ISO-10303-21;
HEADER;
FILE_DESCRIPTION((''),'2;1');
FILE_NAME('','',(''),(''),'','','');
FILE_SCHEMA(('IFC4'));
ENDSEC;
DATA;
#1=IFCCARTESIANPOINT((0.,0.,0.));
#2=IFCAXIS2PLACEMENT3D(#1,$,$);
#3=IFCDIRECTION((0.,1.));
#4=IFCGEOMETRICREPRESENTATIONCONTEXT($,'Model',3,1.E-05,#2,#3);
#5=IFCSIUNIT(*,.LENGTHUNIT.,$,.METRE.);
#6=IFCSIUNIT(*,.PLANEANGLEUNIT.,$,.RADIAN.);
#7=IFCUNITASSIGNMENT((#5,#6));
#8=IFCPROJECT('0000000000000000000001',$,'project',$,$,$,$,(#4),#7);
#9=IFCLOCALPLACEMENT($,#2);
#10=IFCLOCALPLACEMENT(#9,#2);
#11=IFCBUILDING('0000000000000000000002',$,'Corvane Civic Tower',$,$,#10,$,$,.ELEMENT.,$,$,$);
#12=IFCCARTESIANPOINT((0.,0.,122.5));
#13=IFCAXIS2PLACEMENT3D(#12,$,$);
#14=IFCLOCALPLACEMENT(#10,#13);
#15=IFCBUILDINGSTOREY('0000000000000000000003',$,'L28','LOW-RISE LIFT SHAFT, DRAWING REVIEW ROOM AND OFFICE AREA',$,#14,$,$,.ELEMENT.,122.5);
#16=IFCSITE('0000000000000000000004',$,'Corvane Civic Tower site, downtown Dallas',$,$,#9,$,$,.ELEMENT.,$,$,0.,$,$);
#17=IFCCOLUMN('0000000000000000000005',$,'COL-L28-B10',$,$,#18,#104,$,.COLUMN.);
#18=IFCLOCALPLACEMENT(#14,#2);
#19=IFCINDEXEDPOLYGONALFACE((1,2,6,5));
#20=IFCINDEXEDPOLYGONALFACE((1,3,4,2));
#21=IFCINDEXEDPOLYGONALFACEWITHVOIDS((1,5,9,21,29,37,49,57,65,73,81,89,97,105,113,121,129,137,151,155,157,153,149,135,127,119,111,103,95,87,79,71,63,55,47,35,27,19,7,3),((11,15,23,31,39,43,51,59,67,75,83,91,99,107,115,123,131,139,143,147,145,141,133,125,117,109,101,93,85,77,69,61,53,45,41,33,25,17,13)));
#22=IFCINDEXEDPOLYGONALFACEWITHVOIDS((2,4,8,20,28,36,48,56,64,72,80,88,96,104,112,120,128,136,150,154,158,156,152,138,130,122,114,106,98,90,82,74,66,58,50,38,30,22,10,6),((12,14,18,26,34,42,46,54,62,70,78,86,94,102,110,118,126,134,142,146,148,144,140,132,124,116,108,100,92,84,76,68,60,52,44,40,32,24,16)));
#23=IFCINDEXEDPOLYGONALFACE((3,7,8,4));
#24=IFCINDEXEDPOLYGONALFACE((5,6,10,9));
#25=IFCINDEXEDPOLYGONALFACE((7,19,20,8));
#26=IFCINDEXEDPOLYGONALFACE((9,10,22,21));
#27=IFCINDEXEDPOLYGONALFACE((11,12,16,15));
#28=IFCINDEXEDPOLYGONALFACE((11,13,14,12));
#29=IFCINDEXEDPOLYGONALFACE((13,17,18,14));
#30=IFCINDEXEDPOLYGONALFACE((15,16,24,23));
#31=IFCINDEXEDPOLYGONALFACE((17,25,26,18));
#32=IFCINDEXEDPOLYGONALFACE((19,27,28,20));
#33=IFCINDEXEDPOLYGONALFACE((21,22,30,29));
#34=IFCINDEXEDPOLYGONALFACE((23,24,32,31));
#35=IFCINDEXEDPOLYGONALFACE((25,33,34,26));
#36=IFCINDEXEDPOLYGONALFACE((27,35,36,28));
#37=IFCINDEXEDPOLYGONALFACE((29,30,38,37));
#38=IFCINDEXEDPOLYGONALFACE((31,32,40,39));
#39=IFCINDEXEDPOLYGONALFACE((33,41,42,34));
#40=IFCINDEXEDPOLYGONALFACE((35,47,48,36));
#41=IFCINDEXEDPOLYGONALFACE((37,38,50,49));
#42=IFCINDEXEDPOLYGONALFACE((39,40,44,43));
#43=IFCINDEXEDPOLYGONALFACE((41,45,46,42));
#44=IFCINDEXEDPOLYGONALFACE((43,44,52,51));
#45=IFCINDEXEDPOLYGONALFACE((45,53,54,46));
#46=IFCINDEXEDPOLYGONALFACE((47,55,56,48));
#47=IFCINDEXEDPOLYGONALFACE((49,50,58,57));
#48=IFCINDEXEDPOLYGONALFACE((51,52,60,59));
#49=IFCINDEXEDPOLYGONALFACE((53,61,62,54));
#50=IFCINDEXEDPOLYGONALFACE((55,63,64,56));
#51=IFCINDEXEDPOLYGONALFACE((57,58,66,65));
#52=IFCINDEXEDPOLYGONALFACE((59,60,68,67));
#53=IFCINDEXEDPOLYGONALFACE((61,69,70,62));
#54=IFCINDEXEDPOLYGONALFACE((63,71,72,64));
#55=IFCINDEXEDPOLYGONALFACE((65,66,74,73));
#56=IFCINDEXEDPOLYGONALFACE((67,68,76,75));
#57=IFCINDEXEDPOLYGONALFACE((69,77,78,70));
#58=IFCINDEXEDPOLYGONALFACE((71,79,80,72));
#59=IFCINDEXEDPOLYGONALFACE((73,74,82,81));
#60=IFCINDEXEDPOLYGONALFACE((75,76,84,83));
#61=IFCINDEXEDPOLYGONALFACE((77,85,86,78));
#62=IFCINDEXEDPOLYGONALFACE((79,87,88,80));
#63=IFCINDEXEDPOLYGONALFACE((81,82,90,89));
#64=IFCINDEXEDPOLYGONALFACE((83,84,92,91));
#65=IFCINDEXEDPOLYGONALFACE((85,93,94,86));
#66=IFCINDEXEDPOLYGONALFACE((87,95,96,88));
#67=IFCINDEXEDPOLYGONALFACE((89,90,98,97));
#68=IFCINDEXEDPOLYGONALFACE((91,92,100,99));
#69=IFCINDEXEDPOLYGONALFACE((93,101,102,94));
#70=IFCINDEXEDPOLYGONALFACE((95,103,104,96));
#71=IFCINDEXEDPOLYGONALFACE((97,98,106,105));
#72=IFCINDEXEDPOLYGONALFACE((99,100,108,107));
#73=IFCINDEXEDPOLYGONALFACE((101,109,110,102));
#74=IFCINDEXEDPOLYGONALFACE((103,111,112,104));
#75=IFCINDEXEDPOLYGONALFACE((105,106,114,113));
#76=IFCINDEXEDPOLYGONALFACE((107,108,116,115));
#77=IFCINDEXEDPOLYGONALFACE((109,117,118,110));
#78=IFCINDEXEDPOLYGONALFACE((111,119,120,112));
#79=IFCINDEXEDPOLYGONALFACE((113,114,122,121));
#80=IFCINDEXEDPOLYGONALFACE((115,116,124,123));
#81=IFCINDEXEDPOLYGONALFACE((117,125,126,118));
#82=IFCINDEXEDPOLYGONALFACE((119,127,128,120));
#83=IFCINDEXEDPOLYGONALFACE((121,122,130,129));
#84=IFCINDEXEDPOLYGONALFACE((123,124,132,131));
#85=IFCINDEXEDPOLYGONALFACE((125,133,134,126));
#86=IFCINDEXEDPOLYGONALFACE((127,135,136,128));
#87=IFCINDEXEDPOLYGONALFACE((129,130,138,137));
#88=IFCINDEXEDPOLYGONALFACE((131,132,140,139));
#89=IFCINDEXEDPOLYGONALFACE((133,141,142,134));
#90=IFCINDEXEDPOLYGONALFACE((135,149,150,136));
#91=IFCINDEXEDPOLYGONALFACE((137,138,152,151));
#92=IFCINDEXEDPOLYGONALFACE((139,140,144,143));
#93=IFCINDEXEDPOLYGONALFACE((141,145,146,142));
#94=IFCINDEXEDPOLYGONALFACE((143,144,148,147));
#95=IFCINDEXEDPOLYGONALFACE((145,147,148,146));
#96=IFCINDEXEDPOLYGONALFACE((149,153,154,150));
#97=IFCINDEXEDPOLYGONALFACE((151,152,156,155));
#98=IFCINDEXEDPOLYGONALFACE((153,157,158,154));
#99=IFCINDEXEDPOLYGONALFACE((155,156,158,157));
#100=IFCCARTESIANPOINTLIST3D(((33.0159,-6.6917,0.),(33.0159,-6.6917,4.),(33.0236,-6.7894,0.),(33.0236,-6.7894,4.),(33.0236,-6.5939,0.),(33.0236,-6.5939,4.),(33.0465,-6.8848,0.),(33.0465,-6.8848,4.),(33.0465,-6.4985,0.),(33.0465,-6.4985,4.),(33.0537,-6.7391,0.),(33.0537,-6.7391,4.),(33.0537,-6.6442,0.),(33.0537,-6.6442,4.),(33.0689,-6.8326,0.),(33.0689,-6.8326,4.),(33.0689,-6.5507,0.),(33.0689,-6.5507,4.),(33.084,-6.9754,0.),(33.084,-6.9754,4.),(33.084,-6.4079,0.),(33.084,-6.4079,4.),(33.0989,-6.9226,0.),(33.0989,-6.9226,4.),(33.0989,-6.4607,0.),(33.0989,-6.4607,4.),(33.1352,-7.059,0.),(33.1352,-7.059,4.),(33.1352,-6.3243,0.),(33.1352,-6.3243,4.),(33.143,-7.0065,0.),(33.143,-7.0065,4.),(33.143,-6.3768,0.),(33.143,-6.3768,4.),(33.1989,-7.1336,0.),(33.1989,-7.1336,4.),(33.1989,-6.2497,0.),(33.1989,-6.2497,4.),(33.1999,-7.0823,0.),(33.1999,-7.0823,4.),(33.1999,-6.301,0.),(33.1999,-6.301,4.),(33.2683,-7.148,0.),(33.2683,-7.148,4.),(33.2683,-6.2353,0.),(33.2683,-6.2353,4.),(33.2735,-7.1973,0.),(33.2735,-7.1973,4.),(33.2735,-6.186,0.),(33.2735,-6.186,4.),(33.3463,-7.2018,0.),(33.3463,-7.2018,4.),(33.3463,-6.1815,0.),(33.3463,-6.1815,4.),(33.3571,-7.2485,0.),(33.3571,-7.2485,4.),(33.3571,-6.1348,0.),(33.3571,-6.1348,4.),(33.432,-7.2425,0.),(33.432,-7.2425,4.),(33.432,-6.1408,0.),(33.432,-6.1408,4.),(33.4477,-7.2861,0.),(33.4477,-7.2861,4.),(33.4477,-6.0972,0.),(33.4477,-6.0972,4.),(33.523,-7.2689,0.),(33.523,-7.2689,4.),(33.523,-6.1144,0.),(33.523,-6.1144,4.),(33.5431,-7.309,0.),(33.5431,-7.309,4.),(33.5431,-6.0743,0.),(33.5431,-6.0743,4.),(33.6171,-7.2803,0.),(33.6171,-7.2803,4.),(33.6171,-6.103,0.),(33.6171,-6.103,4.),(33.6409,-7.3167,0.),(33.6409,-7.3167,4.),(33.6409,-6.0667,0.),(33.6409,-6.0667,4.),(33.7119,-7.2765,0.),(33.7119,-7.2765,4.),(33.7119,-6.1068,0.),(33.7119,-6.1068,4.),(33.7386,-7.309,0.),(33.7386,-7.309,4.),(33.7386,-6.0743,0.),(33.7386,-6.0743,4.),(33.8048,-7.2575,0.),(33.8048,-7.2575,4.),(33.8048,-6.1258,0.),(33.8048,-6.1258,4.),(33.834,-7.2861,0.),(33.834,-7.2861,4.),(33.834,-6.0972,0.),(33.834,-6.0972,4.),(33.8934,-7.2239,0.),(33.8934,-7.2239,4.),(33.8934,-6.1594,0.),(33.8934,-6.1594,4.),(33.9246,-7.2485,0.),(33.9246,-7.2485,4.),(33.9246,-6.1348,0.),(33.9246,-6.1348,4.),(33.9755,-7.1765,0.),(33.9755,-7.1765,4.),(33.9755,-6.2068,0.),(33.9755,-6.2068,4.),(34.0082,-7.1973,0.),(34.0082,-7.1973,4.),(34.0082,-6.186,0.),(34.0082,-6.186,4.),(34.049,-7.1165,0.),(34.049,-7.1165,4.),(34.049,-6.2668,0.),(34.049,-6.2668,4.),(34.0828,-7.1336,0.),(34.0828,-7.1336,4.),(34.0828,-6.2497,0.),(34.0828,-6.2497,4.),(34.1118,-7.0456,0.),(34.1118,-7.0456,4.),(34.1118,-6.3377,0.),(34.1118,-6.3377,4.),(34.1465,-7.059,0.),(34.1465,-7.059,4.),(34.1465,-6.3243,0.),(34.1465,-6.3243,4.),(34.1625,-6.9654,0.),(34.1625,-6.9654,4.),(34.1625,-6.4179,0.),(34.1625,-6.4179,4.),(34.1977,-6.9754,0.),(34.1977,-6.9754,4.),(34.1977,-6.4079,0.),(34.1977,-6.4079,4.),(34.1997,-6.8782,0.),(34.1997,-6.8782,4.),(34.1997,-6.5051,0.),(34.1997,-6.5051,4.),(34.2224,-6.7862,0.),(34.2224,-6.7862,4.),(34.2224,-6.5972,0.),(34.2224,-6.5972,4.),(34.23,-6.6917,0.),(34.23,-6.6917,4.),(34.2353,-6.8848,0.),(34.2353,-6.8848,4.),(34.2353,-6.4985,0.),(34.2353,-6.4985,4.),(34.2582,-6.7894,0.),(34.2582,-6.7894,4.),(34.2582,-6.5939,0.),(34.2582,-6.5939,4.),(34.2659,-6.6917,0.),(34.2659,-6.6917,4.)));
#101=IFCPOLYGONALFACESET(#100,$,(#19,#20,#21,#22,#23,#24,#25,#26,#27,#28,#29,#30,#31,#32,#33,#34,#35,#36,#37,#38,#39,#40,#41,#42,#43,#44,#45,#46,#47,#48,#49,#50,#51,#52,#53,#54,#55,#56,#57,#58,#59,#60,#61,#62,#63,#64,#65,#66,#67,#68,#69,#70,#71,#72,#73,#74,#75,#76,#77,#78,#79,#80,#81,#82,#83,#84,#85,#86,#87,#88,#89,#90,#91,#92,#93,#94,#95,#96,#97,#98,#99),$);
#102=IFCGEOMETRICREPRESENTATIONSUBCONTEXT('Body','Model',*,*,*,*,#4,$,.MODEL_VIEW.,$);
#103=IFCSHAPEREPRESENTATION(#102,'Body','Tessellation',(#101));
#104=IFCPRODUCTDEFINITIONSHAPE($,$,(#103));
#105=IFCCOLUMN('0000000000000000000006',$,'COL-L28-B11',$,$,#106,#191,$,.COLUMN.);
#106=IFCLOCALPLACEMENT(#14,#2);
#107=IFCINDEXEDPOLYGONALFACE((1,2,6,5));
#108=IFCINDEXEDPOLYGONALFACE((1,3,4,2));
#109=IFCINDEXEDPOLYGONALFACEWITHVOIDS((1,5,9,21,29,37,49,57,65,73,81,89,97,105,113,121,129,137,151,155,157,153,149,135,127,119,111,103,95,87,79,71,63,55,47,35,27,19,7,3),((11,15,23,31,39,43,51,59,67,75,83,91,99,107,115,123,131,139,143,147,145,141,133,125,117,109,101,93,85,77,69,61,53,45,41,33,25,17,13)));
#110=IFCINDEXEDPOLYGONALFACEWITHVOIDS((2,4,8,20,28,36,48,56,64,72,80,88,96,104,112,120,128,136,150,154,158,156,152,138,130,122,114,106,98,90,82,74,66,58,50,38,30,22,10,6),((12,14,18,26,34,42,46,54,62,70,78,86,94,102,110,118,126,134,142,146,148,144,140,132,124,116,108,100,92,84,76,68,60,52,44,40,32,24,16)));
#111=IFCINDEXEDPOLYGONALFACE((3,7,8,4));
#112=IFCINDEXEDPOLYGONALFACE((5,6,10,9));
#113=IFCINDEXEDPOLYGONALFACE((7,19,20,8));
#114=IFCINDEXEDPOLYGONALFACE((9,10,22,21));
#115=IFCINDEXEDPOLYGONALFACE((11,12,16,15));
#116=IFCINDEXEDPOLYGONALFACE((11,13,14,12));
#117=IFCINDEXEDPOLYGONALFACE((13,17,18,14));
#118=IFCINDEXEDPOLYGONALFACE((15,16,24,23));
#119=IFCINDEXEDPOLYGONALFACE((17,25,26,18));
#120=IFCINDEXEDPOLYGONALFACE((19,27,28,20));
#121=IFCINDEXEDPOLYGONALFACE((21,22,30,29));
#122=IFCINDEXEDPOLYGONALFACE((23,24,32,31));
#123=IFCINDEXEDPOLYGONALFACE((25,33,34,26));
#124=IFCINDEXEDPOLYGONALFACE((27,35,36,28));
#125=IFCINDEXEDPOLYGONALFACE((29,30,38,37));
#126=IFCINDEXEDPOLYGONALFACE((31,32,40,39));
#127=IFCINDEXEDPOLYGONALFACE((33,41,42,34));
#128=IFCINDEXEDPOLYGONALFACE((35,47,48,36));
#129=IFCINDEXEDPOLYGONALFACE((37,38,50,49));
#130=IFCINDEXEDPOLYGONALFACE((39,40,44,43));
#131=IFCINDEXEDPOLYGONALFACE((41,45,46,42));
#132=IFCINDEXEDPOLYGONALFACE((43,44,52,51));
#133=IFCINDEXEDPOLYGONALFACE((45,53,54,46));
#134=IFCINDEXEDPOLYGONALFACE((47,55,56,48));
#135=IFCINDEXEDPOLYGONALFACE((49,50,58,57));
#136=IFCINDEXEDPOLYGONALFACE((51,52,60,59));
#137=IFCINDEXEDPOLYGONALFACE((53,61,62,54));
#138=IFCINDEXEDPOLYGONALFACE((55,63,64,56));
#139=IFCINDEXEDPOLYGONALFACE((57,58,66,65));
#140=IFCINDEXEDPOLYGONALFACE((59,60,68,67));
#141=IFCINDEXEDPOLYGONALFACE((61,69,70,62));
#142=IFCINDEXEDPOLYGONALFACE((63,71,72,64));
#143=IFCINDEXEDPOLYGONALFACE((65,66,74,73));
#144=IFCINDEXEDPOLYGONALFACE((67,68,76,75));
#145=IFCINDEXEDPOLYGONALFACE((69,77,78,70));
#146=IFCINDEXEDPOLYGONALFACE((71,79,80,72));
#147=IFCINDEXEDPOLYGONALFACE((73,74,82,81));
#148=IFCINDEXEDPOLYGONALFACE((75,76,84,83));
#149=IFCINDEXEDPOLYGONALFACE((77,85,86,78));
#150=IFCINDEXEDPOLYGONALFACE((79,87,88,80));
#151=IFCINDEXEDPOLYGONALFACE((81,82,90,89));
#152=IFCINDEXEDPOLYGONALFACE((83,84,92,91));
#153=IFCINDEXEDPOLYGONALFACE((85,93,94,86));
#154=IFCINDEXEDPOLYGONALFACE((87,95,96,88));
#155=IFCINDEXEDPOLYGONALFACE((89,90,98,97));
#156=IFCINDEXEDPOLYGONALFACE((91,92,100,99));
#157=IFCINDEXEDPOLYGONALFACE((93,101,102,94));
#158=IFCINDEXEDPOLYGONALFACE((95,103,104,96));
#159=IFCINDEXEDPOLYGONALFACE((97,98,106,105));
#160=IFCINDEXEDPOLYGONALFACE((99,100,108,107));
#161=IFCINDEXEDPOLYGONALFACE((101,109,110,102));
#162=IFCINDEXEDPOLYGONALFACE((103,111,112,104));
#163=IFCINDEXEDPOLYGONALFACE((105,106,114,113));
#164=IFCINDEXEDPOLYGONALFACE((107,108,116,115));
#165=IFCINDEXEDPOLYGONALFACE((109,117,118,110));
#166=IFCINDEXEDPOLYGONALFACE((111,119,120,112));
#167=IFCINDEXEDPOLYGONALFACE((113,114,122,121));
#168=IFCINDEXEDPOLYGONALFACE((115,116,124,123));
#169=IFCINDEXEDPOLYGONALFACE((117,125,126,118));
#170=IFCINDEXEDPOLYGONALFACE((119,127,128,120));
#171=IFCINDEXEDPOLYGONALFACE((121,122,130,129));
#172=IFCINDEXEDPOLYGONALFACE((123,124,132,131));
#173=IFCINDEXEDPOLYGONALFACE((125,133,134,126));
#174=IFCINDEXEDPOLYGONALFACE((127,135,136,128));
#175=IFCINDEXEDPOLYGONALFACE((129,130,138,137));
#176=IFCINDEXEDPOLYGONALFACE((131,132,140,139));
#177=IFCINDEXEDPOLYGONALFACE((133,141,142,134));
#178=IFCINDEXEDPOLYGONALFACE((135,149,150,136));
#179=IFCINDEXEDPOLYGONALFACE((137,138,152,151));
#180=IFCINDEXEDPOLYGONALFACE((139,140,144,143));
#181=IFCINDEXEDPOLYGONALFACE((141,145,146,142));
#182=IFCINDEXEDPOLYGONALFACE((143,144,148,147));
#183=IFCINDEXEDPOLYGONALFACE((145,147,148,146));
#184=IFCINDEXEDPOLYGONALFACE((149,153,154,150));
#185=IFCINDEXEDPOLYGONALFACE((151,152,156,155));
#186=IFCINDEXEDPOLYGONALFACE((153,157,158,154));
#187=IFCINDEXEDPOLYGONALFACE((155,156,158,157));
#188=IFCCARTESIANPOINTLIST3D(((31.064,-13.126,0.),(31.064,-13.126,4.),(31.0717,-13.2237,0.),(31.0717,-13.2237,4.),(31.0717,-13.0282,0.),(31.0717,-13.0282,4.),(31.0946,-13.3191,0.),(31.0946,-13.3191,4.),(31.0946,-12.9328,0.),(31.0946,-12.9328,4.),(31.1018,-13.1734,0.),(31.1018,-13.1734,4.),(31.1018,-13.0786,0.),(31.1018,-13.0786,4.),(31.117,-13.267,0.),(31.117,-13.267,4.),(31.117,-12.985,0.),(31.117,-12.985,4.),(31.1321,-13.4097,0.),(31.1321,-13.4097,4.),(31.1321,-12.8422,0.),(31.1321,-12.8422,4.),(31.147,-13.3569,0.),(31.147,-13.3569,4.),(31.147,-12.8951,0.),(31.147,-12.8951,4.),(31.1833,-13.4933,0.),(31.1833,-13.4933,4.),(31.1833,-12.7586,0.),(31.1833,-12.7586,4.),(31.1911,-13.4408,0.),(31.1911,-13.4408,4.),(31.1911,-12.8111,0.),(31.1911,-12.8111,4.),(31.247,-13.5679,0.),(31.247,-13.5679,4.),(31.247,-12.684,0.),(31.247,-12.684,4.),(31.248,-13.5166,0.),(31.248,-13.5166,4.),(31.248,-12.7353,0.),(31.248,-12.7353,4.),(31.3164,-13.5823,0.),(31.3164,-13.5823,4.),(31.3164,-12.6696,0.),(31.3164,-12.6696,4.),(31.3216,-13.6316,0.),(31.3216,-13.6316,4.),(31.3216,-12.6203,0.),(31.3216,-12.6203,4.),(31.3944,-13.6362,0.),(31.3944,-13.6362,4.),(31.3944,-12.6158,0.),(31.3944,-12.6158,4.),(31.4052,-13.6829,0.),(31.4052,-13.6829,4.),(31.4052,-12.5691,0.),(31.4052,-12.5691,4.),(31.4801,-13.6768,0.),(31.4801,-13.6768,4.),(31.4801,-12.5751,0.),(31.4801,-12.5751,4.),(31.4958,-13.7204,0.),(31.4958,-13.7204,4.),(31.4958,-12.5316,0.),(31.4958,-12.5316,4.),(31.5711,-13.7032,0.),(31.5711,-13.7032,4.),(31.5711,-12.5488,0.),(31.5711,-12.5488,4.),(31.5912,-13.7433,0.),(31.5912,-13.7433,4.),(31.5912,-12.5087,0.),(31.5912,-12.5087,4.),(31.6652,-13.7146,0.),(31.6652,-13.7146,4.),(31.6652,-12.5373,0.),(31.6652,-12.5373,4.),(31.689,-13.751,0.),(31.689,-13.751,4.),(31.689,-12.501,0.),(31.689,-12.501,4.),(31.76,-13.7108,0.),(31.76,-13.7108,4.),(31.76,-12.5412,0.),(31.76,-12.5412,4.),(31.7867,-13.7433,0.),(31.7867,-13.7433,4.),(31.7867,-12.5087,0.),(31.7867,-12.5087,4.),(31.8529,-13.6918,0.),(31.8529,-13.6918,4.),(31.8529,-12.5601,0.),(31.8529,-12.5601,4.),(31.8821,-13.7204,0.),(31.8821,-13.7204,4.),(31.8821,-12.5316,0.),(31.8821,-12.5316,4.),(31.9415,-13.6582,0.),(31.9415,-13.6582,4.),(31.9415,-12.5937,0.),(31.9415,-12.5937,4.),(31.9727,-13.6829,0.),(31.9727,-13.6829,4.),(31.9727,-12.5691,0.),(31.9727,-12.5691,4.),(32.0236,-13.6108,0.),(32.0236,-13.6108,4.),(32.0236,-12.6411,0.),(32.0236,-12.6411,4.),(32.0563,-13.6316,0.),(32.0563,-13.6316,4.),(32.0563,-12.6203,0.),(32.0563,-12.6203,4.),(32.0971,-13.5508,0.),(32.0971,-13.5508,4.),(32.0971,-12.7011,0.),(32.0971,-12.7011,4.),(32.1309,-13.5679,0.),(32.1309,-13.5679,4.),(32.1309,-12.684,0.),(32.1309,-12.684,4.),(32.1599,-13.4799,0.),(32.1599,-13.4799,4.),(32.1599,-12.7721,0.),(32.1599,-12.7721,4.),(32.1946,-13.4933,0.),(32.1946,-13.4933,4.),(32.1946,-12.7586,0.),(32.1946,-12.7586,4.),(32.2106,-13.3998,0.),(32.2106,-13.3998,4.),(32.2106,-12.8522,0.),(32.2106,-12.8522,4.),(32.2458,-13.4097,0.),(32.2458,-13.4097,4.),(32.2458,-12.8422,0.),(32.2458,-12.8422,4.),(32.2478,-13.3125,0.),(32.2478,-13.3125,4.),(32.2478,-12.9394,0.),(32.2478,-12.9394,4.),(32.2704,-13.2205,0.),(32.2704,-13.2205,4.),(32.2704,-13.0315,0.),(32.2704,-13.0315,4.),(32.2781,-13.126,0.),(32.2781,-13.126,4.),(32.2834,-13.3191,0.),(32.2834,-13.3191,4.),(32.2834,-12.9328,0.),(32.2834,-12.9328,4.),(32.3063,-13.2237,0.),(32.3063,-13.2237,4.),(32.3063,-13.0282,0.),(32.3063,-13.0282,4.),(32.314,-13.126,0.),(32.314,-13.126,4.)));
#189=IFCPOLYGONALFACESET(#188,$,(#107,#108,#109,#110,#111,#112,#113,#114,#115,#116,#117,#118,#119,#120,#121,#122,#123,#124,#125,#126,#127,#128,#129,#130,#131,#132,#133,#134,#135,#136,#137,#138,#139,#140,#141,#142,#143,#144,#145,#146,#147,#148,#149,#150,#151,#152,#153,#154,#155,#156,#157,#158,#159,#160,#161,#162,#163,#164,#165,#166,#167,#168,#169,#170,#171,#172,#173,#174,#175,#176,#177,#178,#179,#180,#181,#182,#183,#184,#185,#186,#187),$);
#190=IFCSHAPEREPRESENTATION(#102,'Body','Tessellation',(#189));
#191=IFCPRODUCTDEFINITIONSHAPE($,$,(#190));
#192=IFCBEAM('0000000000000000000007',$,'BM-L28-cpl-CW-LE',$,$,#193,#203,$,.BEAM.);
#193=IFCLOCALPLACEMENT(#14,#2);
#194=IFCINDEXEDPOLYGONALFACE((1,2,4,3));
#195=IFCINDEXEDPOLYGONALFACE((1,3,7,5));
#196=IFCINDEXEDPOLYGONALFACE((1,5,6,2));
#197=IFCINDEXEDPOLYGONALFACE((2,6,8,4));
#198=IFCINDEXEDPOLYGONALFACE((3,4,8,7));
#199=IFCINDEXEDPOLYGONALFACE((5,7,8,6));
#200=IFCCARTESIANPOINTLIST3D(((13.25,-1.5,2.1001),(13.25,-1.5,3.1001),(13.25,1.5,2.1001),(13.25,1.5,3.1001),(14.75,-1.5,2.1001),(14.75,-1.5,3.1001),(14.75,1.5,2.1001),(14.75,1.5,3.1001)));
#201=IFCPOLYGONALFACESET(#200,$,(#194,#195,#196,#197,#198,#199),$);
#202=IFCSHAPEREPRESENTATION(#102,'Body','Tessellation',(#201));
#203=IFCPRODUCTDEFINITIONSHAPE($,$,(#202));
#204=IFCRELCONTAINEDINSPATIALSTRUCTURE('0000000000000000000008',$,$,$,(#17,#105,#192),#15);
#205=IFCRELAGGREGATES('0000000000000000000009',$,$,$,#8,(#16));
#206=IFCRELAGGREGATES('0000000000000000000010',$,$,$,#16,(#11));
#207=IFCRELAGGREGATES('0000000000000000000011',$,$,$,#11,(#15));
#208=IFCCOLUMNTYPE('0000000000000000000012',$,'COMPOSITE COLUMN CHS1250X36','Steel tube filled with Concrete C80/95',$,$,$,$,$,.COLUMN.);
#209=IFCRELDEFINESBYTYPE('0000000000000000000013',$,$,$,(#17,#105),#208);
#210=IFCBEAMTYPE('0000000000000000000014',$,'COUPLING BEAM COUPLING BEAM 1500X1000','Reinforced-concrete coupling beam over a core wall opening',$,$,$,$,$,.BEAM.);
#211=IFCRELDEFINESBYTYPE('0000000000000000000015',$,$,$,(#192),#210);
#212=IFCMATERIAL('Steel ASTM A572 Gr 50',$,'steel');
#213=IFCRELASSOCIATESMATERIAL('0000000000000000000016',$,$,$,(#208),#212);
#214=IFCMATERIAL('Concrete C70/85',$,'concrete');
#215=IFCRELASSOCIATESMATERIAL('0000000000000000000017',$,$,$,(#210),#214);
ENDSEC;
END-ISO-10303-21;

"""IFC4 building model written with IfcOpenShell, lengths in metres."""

from ifc_helpers import new_model, si_unit, direction, frame, origin, origin_2d, place, context, subcontext, project, spatial, rectangle, hollow_circle, extrude, material, material_profile, profile_set, type_object, element, save


model = new_model("IFC4")

# Units and contexts
model_context = context("Model", 3, precision=1e-05, world=origin(), true_north=direction((0.0, 1.0)))
body_context = subcontext(model_context, "Body", "Model", "MODEL_VIEW")
ifc_project = project(units=[si_unit("LENGTHUNIT", "METRE"), si_unit("PLANEANGLEUNIT", "RADIAN")], contexts=[model_context])

# Site, building, storey
site_placement = place(None, origin())
site = spatial("IfcSite", under=ifc_project, at=site_placement, Name="Corvane Civic Tower site, downtown Dallas", CompositionType="ELEMENT", RefElevation=0.0)
building_placement = place(site_placement, origin())
building = spatial("IfcBuilding", under=site, at=building_placement, Name="Corvane Civic Tower", CompositionType="ELEMENT")
storey_placement = place(building_placement, frame((0.0, 0.0, 122.5)))
storey = spatial("IfcBuildingStorey", under=building, at=storey_placement, Name="L28", Description="LOW-RISE LIFT SHAFT, DRAWING REVIEW ROOM AND OFFICE AREA", CompositionType="ELEMENT", Elevation=122.5)

# Columns
ifc_material_1 = material(Name="Steel ASTM A572 Gr 50", Category="steel")
ifc_material_profile_1 = material_profile(ifc_material_1, hollow_circle(Radius=0.625, WallThickness=0.0359, at=origin_2d()), Name="CHS1250X36")
ifc_profile_set_1 = profile_set([ifc_material_profile_1], Name="Steel ASTM A572 Gr 50")
column_type = type_object("IfcColumnType", Name="COMPOSITE COLUMN CHS1250X36", Description="Steel tube filled with Concrete C80/95", PredefinedType="COLUMN", material=ifc_profile_set_1)
for number, where, z_axis, x_axis, name in (
    (1, (33.6409, -6.6917, 0.0), (0.0, 0.0, 1.0), (1.0, 0.0, 0.0), "COL-L28-B10"),
    (2, (31.689, -13.126, 0.0), (0.0, 0.0, 1.0), (1.0, 0.0, 0.0), "COL-L28-B11"),
):
    element("IfcColumn", number, at=place(storey_placement, frame(where, z_axis=z_axis, x_axis=x_axis)), inside=storey, type_object=column_type, Name=name, PredefinedType="COLUMN", context=body_context, shape_type="SweptSolid", body=[
        extrude(hollow_circle(Radius=0.625, WallThickness=0.0359, at=origin_2d()), origin(), (0.0, 0.0, 1.0), 4.0),
    ])

# Beam
ifc_material_2 = material(Name="Concrete C70/85", Category="concrete")
ifc_material_profile_2 = material_profile(ifc_material_2, rectangle(XDim=1.5, YDim=1.0, at=origin_2d()), Name="COUPLING BEAM 1500X1000")
ifc_profile_set_2 = profile_set([ifc_material_profile_2], Name="Concrete C70/85")
beam_type_1 = type_object("IfcBeamType", Name="COUPLING BEAM COUPLING BEAM 1500X1000", Description="Reinforced-concrete coupling beam over a core wall opening", PredefinedType="BEAM", material=ifc_profile_set_2)
beam_1_placement = place(storey_placement, frame((14.0, -1.5, 2.6001), z_axis=(0.0, 1.0, 0.0), x_axis=(-1.0, 0.0, 0.0)))
element("IfcBeam", 3, at=beam_1_placement, inside=storey, type_object=beam_type_1, Name="BM-L28-cpl-CW-LE", PredefinedType="BEAM", context=body_context, shape_type="SweptSolid", body=[
    extrude(rectangle(XDim=1.5, YDim=1.0, at=origin_2d()), origin(), (0.0, 0.0, 1.0), 3.0),
])

save(model, "model.ifc")
